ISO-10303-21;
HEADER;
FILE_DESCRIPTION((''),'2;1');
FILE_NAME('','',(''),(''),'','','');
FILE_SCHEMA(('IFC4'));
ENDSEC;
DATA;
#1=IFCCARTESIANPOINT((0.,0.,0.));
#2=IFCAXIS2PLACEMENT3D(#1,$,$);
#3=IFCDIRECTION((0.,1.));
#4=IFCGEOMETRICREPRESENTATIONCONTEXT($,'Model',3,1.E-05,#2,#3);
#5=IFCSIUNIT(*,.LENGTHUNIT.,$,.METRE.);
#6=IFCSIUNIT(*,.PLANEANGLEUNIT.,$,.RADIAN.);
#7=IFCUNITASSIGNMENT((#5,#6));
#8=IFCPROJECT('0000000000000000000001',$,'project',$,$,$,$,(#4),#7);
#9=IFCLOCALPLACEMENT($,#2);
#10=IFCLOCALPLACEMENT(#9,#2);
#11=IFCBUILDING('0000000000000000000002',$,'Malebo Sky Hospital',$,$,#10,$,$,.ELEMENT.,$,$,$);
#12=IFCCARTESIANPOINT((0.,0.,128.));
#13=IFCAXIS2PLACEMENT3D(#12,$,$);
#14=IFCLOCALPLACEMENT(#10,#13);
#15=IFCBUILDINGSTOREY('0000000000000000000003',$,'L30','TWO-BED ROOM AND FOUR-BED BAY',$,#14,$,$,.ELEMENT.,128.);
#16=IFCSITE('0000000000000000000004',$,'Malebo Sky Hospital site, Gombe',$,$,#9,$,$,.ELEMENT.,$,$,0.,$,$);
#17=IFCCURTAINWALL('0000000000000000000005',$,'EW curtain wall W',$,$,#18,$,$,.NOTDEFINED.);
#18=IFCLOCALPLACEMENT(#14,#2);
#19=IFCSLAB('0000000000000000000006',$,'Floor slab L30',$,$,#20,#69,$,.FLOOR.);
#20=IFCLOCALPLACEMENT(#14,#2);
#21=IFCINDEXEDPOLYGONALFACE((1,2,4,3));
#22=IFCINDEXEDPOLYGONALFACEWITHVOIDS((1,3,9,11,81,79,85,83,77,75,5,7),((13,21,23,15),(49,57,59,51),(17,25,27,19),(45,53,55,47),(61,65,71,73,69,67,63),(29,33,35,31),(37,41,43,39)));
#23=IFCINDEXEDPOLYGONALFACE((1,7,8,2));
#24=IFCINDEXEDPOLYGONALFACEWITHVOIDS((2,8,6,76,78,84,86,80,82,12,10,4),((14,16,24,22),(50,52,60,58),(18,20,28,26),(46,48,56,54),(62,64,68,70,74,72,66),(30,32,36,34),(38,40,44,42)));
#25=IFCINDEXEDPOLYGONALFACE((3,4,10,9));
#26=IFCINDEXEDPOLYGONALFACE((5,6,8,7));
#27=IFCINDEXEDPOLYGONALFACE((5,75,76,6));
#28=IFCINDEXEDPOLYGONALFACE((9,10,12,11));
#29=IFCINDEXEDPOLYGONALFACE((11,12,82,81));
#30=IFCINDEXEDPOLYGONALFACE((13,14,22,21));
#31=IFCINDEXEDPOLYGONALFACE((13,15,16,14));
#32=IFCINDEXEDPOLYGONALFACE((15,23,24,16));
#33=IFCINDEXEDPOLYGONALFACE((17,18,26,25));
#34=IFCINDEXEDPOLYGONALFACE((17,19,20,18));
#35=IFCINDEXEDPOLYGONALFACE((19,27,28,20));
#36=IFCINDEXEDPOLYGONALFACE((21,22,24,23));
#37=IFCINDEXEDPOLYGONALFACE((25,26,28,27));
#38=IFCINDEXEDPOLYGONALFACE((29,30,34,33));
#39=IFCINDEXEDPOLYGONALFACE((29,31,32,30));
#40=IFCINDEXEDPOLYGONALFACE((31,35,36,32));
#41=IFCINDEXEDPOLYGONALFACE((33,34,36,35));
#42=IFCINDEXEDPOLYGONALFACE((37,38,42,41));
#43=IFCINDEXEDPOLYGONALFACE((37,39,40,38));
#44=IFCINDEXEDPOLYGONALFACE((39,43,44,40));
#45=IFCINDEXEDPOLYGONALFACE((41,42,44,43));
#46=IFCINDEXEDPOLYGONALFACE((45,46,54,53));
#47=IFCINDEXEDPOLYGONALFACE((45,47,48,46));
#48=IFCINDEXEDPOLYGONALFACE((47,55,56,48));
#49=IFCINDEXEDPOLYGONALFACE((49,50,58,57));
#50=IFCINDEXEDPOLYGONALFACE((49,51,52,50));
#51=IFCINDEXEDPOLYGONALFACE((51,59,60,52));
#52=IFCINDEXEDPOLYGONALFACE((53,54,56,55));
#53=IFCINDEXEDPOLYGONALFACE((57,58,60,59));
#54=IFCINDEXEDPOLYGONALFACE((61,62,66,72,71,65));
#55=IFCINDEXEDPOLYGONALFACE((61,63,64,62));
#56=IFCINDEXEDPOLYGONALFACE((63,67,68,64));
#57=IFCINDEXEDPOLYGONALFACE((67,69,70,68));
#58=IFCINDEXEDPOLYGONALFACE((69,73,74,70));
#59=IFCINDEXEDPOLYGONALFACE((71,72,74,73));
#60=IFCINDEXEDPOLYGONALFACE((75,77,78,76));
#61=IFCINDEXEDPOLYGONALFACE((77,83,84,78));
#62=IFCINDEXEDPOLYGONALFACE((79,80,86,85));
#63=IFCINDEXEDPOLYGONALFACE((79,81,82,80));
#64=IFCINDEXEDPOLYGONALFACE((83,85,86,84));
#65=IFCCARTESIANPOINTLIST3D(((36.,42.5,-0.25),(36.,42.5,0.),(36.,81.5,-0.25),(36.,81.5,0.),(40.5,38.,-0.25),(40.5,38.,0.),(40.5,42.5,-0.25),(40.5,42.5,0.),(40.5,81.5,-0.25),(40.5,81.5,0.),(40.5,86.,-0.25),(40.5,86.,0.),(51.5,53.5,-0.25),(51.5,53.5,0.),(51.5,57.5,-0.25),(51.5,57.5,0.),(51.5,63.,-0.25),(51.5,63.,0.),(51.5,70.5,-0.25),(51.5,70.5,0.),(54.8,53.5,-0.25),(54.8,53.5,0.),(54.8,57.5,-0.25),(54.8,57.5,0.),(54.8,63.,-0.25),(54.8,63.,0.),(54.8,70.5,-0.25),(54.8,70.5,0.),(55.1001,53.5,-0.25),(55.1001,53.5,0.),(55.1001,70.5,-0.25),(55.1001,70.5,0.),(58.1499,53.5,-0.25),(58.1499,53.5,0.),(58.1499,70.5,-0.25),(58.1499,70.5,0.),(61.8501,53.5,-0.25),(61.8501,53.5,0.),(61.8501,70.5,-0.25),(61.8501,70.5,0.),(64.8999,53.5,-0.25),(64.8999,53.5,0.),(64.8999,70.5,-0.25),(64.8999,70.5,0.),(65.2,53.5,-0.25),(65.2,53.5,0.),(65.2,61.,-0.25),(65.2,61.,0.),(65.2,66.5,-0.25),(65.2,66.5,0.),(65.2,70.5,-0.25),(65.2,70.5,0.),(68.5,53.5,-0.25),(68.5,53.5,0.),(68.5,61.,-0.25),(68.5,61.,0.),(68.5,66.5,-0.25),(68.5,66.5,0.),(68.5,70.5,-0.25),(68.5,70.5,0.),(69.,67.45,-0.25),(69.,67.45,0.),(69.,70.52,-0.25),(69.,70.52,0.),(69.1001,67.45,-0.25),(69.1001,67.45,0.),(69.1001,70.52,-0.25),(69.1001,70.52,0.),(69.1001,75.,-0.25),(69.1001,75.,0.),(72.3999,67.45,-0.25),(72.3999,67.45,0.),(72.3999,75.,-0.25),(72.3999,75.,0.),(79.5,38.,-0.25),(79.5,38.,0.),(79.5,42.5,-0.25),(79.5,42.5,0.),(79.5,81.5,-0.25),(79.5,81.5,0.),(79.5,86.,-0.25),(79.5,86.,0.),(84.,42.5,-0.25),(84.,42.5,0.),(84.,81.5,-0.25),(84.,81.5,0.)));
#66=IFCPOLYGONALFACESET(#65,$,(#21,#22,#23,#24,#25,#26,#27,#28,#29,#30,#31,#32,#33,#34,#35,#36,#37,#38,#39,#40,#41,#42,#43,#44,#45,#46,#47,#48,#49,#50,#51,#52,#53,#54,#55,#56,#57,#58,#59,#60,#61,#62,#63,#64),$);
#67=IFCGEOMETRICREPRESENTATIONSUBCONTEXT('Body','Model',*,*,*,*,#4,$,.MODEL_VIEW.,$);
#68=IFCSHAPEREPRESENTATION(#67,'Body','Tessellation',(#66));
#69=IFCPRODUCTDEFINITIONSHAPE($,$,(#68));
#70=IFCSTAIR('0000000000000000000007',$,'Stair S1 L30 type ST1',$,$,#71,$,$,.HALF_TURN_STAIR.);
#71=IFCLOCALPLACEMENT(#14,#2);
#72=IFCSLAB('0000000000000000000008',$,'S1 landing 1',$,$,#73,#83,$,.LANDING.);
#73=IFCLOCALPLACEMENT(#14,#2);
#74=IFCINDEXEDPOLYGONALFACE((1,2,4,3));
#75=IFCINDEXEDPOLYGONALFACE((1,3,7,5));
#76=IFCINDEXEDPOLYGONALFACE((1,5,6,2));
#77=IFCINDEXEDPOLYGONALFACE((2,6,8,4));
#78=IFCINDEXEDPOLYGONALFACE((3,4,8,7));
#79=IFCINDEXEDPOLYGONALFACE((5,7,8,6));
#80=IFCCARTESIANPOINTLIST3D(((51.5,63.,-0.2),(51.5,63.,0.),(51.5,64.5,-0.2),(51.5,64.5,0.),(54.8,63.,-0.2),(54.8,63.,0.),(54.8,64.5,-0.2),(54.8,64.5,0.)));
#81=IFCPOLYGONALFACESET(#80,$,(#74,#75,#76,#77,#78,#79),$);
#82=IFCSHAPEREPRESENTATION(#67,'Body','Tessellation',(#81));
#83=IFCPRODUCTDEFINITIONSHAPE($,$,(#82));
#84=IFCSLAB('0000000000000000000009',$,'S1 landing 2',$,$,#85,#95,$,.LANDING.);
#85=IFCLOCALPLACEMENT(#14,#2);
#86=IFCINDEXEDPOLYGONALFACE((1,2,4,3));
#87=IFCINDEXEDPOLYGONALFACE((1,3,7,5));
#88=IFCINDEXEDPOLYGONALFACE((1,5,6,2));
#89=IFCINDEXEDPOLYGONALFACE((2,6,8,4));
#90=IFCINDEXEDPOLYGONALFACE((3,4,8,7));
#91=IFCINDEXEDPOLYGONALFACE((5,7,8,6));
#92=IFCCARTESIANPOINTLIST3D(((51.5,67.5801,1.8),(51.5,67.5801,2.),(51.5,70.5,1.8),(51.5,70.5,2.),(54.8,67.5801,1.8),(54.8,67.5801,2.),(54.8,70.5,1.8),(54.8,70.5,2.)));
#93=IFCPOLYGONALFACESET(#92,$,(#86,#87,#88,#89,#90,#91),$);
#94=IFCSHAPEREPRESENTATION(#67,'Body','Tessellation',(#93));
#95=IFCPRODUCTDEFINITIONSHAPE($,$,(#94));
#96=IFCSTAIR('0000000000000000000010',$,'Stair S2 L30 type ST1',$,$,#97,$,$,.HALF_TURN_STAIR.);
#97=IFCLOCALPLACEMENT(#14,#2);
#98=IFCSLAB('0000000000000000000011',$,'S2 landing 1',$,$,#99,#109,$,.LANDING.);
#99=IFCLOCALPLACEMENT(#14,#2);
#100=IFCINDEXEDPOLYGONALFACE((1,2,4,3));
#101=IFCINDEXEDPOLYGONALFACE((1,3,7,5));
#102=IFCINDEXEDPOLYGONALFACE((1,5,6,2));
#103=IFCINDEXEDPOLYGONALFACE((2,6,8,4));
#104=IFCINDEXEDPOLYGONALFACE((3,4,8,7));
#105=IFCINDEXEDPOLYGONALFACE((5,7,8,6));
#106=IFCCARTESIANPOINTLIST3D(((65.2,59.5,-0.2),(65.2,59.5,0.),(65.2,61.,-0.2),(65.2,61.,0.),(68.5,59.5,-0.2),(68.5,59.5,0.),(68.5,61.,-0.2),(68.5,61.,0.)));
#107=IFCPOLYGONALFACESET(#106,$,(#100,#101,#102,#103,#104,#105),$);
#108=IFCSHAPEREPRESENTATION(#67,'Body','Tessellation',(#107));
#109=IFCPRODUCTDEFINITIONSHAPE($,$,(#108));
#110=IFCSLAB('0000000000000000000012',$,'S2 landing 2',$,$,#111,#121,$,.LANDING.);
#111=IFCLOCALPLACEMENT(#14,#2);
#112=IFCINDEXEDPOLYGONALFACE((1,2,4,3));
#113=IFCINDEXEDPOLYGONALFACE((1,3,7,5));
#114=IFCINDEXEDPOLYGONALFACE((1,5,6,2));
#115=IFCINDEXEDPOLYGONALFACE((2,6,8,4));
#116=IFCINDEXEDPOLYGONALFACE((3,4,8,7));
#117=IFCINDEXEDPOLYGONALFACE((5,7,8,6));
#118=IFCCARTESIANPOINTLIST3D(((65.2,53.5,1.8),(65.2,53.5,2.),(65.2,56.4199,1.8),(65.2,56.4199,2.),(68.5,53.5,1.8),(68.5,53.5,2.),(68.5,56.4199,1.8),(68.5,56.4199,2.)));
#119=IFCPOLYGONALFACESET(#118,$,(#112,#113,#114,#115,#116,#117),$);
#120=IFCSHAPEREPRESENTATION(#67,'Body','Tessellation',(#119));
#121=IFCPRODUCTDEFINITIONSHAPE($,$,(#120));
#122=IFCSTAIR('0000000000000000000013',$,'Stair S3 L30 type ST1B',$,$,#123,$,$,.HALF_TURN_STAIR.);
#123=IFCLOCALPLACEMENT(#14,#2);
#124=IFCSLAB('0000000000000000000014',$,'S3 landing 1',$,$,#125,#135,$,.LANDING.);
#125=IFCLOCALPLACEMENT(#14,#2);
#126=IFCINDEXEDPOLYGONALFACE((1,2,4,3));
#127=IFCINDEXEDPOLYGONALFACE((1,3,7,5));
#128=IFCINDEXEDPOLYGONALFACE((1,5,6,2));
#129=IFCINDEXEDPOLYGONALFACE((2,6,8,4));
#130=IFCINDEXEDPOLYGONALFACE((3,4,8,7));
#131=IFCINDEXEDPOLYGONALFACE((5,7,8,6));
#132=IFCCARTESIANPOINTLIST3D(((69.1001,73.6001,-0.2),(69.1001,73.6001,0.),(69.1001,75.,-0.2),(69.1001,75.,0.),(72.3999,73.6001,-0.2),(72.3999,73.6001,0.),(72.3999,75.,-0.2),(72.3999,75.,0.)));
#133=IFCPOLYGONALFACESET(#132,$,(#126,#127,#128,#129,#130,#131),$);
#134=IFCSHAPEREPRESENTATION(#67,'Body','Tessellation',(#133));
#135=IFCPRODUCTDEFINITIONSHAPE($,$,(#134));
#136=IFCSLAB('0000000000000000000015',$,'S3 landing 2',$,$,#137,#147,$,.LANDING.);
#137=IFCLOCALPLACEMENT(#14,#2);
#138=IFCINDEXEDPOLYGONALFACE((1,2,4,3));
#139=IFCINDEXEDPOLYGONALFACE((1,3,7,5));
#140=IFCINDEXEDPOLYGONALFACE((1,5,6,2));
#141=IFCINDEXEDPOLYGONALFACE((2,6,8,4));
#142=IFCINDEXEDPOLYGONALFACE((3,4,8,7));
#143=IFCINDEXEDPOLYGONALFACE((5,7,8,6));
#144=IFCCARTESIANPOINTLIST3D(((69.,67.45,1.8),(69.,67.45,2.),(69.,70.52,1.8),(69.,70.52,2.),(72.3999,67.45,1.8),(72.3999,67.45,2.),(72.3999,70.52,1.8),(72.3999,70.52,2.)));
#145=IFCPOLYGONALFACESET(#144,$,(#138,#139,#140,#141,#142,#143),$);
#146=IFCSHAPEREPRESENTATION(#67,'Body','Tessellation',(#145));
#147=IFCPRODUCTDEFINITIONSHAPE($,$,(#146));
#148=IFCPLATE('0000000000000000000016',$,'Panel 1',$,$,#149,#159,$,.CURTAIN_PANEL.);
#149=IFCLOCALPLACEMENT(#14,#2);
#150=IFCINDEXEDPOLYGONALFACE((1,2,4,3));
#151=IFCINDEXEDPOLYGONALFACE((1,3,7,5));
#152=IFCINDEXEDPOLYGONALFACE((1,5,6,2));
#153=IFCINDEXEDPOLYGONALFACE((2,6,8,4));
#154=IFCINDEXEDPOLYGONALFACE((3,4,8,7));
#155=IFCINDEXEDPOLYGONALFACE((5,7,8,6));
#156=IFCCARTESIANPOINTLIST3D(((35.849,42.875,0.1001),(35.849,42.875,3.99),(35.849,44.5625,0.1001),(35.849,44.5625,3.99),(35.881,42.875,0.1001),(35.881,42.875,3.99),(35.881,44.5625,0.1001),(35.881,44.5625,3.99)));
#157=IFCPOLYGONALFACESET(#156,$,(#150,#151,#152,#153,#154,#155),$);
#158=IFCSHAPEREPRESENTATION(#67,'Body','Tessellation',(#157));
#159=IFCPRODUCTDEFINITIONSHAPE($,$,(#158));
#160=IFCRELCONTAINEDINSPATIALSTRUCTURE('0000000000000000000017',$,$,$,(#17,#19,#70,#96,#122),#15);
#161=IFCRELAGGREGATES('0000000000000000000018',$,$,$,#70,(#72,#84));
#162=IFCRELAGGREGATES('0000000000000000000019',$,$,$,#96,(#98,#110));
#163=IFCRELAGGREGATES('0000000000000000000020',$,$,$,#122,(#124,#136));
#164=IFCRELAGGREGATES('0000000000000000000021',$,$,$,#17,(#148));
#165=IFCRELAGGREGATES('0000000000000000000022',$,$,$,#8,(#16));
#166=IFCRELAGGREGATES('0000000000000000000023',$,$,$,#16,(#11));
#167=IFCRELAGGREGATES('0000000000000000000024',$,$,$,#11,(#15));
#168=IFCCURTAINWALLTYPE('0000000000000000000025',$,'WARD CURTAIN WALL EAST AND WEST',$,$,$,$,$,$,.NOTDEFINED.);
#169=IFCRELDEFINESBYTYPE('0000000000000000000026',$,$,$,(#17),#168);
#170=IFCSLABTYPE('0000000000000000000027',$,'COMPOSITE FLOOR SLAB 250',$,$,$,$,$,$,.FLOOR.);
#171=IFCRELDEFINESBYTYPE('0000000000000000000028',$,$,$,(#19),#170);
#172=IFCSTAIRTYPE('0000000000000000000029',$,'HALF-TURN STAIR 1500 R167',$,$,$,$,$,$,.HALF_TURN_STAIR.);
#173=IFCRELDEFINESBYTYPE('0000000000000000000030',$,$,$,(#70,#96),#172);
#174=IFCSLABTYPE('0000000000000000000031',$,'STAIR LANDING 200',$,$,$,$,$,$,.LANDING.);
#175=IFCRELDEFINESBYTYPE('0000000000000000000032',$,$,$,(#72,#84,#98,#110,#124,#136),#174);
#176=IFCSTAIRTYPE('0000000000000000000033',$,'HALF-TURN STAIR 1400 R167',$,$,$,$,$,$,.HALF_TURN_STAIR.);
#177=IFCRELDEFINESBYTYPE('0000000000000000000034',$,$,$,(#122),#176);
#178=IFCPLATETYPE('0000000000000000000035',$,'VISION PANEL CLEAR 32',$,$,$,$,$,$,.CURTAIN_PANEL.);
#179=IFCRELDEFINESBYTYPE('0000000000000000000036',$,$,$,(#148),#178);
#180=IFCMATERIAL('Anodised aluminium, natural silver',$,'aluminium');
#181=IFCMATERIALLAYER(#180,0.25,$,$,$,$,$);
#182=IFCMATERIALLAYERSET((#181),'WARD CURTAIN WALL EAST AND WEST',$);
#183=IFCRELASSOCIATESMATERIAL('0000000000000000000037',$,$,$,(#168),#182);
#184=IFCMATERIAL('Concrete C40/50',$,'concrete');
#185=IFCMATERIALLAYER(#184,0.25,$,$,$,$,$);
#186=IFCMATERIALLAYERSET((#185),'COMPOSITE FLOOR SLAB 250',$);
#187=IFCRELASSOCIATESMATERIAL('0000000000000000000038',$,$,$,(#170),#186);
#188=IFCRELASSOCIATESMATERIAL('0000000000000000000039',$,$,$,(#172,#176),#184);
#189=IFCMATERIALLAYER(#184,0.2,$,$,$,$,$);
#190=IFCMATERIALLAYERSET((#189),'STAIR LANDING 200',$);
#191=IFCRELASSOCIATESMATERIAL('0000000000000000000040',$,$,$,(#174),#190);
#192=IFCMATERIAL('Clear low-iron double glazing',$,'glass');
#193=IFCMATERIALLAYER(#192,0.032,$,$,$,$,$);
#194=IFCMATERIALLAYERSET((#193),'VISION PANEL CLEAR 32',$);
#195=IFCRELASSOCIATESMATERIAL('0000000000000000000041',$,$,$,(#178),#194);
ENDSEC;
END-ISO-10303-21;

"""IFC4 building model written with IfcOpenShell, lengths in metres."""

from ifc_helpers import new_model, si_unit, direction, frame, origin, origin_2d, place, context, subcontext, project, spatial, polyline, rectangle, outline, extrude, material, layer, layer_set, type_object, element, aggregate, save


model = new_model("IFC4")

# Units and contexts
model_context = context("Model", 3, precision=1e-05, world=origin(), true_north=direction((0.0, 1.0)))
body_context = subcontext(model_context, "Body", "Model", "MODEL_VIEW")
ifc_project = project(units=[si_unit("LENGTHUNIT", "METRE"), si_unit("PLANEANGLEUNIT", "RADIAN")], contexts=[model_context])

# Site, building, storey
site_placement = place(None, origin())
site = spatial("IfcSite", under=ifc_project, at=site_placement, Name="Malebo Sky Hospital site, Gombe", CompositionType="ELEMENT", RefElevation=0.0)
building_placement = place(site_placement, origin())
building = spatial("IfcBuilding", under=site, at=building_placement, Name="Malebo Sky Hospital", CompositionType="ELEMENT")
storey_placement = place(building_placement, frame((0.0, 0.0, 128.0)))
storey = spatial("IfcBuildingStorey", under=building, at=storey_placement, Name="L30", Description="TWO-BED ROOM AND FOUR-BED BAY", CompositionType="ELEMENT", Elevation=128.0)

# Curtain wall
ifc_material_1 = material(Name="Anodised aluminium, natural silver", Category="aluminium")
ifc_layer_1 = layer(ifc_material_1, 0.25)
ifc_layer_set_1 = layer_set([ifc_layer_1], Name="WARD CURTAIN WALL EAST AND WEST")
curtain_wall_type = type_object("IfcCurtainWallType", Name="WARD CURTAIN WALL EAST AND WEST", PredefinedType="NOTDEFINED", material=ifc_layer_set_1)
curtain_wall_placement = place(storey_placement, origin())
curtain_wall = element("IfcCurtainWall", 1, at=curtain_wall_placement, inside=storey, type_object=curtain_wall_type, Name="EW curtain wall W", PredefinedType="NOTDEFINED")

# Slab
ifc_material_2 = material(Name="Concrete C40/50", Category="concrete")
ifc_layer_2 = layer(ifc_material_2, 0.25)
ifc_layer_set_2 = layer_set([ifc_layer_2], Name="COMPOSITE FLOOR SLAB 250")
slab_type_1 = type_object("IfcSlabType", Name="COMPOSITE FLOOR SLAB 250", PredefinedType="FLOOR", material=ifc_layer_set_2)
slab_1_placement = place(storey_placement, frame((0.0, 0.0, -0.25)))
element("IfcSlab", 2, at=slab_1_placement, inside=storey, type_object=slab_type_1, Name="Floor slab L30", PredefinedType="FLOOR", context=body_context, shape_type="SweptSolid", body=[
    extrude(outline(polyline([(40.5, 86.0), (40.5, 81.5), (36.0, 81.5), (36.0, 42.5), (40.5, 42.5), (40.5, 38.0), (79.5, 38.0), (79.5, 42.5), (84.0, 42.5), (84.0, 81.5), (79.5, 81.5), (79.5, 86.0), (40.5, 86.0)]), holes=[polyline([(55.1001, 70.5), (58.1499, 70.5), (58.1499, 53.5), (55.1001, 53.5), (55.1001, 70.5)]), polyline([(64.8999, 70.5), (64.8999, 53.5), (61.8501, 53.5), (61.8501, 70.5), (64.8999, 70.5)]), polyline([(54.8, 63.0), (51.5, 63.0), (51.5, 70.5), (54.8, 70.5), (54.8, 63.0)]), polyline([(51.5, 53.5), (51.5, 57.5), (54.8, 57.5), (54.8, 53.5), (51.5, 53.5)]), polyline([(65.2, 61.0), (68.5, 61.0), (68.5, 53.5), (65.2, 53.5), (65.2, 61.0)]), polyline([(68.5, 70.5), (68.5, 66.5), (65.2, 66.5), (65.2, 70.5), (68.5, 70.5)]), polyline([(69.0, 67.45), (69.0, 70.52), (69.1001, 70.52), (69.1001, 75.0), (72.3999, 75.0), (72.3999, 67.45), (69.1001, 67.45), (69.0, 67.45)])]), origin(), (0.0, 0.0, 1.0), 0.25),
])

# Stairs, slabs
stair_type_1 = type_object("IfcStairType", Name="HALF-TURN STAIR 1500 R167", PredefinedType="HALF_TURN_STAIR", material=ifc_material_2)
stair_1_placement = place(storey_placement, origin())
stair_1 = element("IfcStair", 3, at=stair_1_placement, inside=storey, type_object=stair_type_1, Name="Stair S1 L30 type ST1", PredefinedType="HALF_TURN_STAIR")
ifc_layer_3 = layer(ifc_material_2, 0.2)
ifc_layer_set_3 = layer_set([ifc_layer_3], Name="STAIR LANDING 200")
slab_type_2 = type_object("IfcSlabType", Name="STAIR LANDING 200", PredefinedType="LANDING", material=ifc_layer_set_3)
slab_2_placement = place(storey_placement, frame((0.0, 0.0, -0.2)))
slab_2 = element("IfcSlab", 4, at=slab_2_placement, type_object=slab_type_2, Name="S1 landing 1", PredefinedType="LANDING", context=body_context, shape_type="SweptSolid", body=[
    extrude(outline(polyline([(51.5, 63.0), (54.8, 63.0), (54.8, 64.5), (51.5, 64.5), (51.5, 63.0)])), origin(), (0.0, 0.0, 1.0), 0.2),
])
slab_3_placement = place(storey_placement, frame((0.0, 0.0, 1.8)))
slab_3 = element("IfcSlab", 5, at=slab_3_placement, type_object=slab_type_2, Name="S1 landing 2", PredefinedType="LANDING", context=body_context, shape_type="SweptSolid", body=[
    extrude(outline(polyline([(51.5, 67.5801), (54.8, 67.5801), (54.8, 70.5), (51.5, 70.5), (51.5, 67.5801)])), origin(), (0.0, 0.0, 1.0), 0.2),
])
aggregate(stair_1, [slab_2, slab_3])
stair_2_placement = place(storey_placement, origin())
stair_2 = element("IfcStair", 6, at=stair_2_placement, inside=storey, type_object=stair_type_1, Name="Stair S2 L30 type ST1", PredefinedType="HALF_TURN_STAIR")
slab_4_placement = place(storey_placement, frame((0.0, 0.0, -0.2)))
slab_4 = element("IfcSlab", 7, at=slab_4_placement, type_object=slab_type_2, Name="S2 landing 1", PredefinedType="LANDING", context=body_context, shape_type="SweptSolid", body=[
    extrude(outline(polyline([(65.2, 59.5), (68.5, 59.5), (68.5, 61.0), (65.2, 61.0), (65.2, 59.5)])), origin(), (0.0, 0.0, 1.0), 0.2),
])
slab_5_placement = place(storey_placement, frame((0.0, 0.0, 1.8)))
slab_5 = element("IfcSlab", 8, at=slab_5_placement, type_object=slab_type_2, Name="S2 landing 2", PredefinedType="LANDING", context=body_context, shape_type="SweptSolid", body=[
    extrude(outline(polyline([(65.2, 53.5), (68.5, 53.5), (68.5, 56.4199), (65.2, 56.4199), (65.2, 53.5)])), origin(), (0.0, 0.0, 1.0), 0.2),
])
aggregate(stair_2, [slab_4, slab_5])
stair_type_2 = type_object("IfcStairType", Name="HALF-TURN STAIR 1400 R167", PredefinedType="HALF_TURN_STAIR", material=ifc_material_2)
stair_3_placement = place(storey_placement, origin())
stair_3 = element("IfcStair", 9, at=stair_3_placement, inside=storey, type_object=stair_type_2, Name="Stair S3 L30 type ST1B", PredefinedType="HALF_TURN_STAIR")
slab_6_placement = place(storey_placement, frame((0.0, 0.0, -0.2)))
slab_6 = element("IfcSlab", 10, at=slab_6_placement, type_object=slab_type_2, Name="S3 landing 1", PredefinedType="LANDING", context=body_context, shape_type="SweptSolid", body=[
    extrude(outline(polyline([(69.1001, 73.6001), (72.3999, 73.6001), (72.3999, 75.0), (69.1001, 75.0), (69.1001, 73.6001)])), origin(), (0.0, 0.0, 1.0), 0.2),
])
slab_7_placement = place(storey_placement, frame((0.0, 0.0, 1.8)))
slab_7 = element("IfcSlab", 11, at=slab_7_placement, type_object=slab_type_2, Name="S3 landing 2", PredefinedType="LANDING", context=body_context, shape_type="SweptSolid", body=[
    extrude(outline(polyline([(69.0, 67.45), (72.3999, 67.45), (72.3999, 70.52), (69.0, 70.52), (69.0, 67.45)])), origin(), (0.0, 0.0, 1.0), 0.2),
])
aggregate(stair_3, [slab_6, slab_7])

# Plate
ifc_material_3 = material(Name="Clear low-iron double glazing", Category="glass")
ifc_layer_4 = layer(ifc_material_3, 0.032)
ifc_layer_set_4 = layer_set([ifc_layer_4], Name="VISION PANEL CLEAR 32")
plate_type = type_object("IfcPlateType", Name="VISION PANEL CLEAR 32", PredefinedType="CURTAIN_PANEL", material=ifc_layer_set_4)
plate_placement = place(storey_placement, frame((35.865, 43.7188, 0.1001), z_axis=(0.0, 0.0, 1.0), x_axis=(0.0, 1.0, 0.0)))
plate = element("IfcPlate", 12, at=plate_placement, type_object=plate_type, Name="Panel 1", PredefinedType="CURTAIN_PANEL", context=body_context, shape_type="SweptSolid", body=[
    extrude(rectangle(XDim=1.6875, YDim=0.032, at=origin_2d()), origin(), (0.0, 0.0, 1.0), 3.8899),
])
aggregate(curtain_wall, [plate])

save(model, "model.ifc")
